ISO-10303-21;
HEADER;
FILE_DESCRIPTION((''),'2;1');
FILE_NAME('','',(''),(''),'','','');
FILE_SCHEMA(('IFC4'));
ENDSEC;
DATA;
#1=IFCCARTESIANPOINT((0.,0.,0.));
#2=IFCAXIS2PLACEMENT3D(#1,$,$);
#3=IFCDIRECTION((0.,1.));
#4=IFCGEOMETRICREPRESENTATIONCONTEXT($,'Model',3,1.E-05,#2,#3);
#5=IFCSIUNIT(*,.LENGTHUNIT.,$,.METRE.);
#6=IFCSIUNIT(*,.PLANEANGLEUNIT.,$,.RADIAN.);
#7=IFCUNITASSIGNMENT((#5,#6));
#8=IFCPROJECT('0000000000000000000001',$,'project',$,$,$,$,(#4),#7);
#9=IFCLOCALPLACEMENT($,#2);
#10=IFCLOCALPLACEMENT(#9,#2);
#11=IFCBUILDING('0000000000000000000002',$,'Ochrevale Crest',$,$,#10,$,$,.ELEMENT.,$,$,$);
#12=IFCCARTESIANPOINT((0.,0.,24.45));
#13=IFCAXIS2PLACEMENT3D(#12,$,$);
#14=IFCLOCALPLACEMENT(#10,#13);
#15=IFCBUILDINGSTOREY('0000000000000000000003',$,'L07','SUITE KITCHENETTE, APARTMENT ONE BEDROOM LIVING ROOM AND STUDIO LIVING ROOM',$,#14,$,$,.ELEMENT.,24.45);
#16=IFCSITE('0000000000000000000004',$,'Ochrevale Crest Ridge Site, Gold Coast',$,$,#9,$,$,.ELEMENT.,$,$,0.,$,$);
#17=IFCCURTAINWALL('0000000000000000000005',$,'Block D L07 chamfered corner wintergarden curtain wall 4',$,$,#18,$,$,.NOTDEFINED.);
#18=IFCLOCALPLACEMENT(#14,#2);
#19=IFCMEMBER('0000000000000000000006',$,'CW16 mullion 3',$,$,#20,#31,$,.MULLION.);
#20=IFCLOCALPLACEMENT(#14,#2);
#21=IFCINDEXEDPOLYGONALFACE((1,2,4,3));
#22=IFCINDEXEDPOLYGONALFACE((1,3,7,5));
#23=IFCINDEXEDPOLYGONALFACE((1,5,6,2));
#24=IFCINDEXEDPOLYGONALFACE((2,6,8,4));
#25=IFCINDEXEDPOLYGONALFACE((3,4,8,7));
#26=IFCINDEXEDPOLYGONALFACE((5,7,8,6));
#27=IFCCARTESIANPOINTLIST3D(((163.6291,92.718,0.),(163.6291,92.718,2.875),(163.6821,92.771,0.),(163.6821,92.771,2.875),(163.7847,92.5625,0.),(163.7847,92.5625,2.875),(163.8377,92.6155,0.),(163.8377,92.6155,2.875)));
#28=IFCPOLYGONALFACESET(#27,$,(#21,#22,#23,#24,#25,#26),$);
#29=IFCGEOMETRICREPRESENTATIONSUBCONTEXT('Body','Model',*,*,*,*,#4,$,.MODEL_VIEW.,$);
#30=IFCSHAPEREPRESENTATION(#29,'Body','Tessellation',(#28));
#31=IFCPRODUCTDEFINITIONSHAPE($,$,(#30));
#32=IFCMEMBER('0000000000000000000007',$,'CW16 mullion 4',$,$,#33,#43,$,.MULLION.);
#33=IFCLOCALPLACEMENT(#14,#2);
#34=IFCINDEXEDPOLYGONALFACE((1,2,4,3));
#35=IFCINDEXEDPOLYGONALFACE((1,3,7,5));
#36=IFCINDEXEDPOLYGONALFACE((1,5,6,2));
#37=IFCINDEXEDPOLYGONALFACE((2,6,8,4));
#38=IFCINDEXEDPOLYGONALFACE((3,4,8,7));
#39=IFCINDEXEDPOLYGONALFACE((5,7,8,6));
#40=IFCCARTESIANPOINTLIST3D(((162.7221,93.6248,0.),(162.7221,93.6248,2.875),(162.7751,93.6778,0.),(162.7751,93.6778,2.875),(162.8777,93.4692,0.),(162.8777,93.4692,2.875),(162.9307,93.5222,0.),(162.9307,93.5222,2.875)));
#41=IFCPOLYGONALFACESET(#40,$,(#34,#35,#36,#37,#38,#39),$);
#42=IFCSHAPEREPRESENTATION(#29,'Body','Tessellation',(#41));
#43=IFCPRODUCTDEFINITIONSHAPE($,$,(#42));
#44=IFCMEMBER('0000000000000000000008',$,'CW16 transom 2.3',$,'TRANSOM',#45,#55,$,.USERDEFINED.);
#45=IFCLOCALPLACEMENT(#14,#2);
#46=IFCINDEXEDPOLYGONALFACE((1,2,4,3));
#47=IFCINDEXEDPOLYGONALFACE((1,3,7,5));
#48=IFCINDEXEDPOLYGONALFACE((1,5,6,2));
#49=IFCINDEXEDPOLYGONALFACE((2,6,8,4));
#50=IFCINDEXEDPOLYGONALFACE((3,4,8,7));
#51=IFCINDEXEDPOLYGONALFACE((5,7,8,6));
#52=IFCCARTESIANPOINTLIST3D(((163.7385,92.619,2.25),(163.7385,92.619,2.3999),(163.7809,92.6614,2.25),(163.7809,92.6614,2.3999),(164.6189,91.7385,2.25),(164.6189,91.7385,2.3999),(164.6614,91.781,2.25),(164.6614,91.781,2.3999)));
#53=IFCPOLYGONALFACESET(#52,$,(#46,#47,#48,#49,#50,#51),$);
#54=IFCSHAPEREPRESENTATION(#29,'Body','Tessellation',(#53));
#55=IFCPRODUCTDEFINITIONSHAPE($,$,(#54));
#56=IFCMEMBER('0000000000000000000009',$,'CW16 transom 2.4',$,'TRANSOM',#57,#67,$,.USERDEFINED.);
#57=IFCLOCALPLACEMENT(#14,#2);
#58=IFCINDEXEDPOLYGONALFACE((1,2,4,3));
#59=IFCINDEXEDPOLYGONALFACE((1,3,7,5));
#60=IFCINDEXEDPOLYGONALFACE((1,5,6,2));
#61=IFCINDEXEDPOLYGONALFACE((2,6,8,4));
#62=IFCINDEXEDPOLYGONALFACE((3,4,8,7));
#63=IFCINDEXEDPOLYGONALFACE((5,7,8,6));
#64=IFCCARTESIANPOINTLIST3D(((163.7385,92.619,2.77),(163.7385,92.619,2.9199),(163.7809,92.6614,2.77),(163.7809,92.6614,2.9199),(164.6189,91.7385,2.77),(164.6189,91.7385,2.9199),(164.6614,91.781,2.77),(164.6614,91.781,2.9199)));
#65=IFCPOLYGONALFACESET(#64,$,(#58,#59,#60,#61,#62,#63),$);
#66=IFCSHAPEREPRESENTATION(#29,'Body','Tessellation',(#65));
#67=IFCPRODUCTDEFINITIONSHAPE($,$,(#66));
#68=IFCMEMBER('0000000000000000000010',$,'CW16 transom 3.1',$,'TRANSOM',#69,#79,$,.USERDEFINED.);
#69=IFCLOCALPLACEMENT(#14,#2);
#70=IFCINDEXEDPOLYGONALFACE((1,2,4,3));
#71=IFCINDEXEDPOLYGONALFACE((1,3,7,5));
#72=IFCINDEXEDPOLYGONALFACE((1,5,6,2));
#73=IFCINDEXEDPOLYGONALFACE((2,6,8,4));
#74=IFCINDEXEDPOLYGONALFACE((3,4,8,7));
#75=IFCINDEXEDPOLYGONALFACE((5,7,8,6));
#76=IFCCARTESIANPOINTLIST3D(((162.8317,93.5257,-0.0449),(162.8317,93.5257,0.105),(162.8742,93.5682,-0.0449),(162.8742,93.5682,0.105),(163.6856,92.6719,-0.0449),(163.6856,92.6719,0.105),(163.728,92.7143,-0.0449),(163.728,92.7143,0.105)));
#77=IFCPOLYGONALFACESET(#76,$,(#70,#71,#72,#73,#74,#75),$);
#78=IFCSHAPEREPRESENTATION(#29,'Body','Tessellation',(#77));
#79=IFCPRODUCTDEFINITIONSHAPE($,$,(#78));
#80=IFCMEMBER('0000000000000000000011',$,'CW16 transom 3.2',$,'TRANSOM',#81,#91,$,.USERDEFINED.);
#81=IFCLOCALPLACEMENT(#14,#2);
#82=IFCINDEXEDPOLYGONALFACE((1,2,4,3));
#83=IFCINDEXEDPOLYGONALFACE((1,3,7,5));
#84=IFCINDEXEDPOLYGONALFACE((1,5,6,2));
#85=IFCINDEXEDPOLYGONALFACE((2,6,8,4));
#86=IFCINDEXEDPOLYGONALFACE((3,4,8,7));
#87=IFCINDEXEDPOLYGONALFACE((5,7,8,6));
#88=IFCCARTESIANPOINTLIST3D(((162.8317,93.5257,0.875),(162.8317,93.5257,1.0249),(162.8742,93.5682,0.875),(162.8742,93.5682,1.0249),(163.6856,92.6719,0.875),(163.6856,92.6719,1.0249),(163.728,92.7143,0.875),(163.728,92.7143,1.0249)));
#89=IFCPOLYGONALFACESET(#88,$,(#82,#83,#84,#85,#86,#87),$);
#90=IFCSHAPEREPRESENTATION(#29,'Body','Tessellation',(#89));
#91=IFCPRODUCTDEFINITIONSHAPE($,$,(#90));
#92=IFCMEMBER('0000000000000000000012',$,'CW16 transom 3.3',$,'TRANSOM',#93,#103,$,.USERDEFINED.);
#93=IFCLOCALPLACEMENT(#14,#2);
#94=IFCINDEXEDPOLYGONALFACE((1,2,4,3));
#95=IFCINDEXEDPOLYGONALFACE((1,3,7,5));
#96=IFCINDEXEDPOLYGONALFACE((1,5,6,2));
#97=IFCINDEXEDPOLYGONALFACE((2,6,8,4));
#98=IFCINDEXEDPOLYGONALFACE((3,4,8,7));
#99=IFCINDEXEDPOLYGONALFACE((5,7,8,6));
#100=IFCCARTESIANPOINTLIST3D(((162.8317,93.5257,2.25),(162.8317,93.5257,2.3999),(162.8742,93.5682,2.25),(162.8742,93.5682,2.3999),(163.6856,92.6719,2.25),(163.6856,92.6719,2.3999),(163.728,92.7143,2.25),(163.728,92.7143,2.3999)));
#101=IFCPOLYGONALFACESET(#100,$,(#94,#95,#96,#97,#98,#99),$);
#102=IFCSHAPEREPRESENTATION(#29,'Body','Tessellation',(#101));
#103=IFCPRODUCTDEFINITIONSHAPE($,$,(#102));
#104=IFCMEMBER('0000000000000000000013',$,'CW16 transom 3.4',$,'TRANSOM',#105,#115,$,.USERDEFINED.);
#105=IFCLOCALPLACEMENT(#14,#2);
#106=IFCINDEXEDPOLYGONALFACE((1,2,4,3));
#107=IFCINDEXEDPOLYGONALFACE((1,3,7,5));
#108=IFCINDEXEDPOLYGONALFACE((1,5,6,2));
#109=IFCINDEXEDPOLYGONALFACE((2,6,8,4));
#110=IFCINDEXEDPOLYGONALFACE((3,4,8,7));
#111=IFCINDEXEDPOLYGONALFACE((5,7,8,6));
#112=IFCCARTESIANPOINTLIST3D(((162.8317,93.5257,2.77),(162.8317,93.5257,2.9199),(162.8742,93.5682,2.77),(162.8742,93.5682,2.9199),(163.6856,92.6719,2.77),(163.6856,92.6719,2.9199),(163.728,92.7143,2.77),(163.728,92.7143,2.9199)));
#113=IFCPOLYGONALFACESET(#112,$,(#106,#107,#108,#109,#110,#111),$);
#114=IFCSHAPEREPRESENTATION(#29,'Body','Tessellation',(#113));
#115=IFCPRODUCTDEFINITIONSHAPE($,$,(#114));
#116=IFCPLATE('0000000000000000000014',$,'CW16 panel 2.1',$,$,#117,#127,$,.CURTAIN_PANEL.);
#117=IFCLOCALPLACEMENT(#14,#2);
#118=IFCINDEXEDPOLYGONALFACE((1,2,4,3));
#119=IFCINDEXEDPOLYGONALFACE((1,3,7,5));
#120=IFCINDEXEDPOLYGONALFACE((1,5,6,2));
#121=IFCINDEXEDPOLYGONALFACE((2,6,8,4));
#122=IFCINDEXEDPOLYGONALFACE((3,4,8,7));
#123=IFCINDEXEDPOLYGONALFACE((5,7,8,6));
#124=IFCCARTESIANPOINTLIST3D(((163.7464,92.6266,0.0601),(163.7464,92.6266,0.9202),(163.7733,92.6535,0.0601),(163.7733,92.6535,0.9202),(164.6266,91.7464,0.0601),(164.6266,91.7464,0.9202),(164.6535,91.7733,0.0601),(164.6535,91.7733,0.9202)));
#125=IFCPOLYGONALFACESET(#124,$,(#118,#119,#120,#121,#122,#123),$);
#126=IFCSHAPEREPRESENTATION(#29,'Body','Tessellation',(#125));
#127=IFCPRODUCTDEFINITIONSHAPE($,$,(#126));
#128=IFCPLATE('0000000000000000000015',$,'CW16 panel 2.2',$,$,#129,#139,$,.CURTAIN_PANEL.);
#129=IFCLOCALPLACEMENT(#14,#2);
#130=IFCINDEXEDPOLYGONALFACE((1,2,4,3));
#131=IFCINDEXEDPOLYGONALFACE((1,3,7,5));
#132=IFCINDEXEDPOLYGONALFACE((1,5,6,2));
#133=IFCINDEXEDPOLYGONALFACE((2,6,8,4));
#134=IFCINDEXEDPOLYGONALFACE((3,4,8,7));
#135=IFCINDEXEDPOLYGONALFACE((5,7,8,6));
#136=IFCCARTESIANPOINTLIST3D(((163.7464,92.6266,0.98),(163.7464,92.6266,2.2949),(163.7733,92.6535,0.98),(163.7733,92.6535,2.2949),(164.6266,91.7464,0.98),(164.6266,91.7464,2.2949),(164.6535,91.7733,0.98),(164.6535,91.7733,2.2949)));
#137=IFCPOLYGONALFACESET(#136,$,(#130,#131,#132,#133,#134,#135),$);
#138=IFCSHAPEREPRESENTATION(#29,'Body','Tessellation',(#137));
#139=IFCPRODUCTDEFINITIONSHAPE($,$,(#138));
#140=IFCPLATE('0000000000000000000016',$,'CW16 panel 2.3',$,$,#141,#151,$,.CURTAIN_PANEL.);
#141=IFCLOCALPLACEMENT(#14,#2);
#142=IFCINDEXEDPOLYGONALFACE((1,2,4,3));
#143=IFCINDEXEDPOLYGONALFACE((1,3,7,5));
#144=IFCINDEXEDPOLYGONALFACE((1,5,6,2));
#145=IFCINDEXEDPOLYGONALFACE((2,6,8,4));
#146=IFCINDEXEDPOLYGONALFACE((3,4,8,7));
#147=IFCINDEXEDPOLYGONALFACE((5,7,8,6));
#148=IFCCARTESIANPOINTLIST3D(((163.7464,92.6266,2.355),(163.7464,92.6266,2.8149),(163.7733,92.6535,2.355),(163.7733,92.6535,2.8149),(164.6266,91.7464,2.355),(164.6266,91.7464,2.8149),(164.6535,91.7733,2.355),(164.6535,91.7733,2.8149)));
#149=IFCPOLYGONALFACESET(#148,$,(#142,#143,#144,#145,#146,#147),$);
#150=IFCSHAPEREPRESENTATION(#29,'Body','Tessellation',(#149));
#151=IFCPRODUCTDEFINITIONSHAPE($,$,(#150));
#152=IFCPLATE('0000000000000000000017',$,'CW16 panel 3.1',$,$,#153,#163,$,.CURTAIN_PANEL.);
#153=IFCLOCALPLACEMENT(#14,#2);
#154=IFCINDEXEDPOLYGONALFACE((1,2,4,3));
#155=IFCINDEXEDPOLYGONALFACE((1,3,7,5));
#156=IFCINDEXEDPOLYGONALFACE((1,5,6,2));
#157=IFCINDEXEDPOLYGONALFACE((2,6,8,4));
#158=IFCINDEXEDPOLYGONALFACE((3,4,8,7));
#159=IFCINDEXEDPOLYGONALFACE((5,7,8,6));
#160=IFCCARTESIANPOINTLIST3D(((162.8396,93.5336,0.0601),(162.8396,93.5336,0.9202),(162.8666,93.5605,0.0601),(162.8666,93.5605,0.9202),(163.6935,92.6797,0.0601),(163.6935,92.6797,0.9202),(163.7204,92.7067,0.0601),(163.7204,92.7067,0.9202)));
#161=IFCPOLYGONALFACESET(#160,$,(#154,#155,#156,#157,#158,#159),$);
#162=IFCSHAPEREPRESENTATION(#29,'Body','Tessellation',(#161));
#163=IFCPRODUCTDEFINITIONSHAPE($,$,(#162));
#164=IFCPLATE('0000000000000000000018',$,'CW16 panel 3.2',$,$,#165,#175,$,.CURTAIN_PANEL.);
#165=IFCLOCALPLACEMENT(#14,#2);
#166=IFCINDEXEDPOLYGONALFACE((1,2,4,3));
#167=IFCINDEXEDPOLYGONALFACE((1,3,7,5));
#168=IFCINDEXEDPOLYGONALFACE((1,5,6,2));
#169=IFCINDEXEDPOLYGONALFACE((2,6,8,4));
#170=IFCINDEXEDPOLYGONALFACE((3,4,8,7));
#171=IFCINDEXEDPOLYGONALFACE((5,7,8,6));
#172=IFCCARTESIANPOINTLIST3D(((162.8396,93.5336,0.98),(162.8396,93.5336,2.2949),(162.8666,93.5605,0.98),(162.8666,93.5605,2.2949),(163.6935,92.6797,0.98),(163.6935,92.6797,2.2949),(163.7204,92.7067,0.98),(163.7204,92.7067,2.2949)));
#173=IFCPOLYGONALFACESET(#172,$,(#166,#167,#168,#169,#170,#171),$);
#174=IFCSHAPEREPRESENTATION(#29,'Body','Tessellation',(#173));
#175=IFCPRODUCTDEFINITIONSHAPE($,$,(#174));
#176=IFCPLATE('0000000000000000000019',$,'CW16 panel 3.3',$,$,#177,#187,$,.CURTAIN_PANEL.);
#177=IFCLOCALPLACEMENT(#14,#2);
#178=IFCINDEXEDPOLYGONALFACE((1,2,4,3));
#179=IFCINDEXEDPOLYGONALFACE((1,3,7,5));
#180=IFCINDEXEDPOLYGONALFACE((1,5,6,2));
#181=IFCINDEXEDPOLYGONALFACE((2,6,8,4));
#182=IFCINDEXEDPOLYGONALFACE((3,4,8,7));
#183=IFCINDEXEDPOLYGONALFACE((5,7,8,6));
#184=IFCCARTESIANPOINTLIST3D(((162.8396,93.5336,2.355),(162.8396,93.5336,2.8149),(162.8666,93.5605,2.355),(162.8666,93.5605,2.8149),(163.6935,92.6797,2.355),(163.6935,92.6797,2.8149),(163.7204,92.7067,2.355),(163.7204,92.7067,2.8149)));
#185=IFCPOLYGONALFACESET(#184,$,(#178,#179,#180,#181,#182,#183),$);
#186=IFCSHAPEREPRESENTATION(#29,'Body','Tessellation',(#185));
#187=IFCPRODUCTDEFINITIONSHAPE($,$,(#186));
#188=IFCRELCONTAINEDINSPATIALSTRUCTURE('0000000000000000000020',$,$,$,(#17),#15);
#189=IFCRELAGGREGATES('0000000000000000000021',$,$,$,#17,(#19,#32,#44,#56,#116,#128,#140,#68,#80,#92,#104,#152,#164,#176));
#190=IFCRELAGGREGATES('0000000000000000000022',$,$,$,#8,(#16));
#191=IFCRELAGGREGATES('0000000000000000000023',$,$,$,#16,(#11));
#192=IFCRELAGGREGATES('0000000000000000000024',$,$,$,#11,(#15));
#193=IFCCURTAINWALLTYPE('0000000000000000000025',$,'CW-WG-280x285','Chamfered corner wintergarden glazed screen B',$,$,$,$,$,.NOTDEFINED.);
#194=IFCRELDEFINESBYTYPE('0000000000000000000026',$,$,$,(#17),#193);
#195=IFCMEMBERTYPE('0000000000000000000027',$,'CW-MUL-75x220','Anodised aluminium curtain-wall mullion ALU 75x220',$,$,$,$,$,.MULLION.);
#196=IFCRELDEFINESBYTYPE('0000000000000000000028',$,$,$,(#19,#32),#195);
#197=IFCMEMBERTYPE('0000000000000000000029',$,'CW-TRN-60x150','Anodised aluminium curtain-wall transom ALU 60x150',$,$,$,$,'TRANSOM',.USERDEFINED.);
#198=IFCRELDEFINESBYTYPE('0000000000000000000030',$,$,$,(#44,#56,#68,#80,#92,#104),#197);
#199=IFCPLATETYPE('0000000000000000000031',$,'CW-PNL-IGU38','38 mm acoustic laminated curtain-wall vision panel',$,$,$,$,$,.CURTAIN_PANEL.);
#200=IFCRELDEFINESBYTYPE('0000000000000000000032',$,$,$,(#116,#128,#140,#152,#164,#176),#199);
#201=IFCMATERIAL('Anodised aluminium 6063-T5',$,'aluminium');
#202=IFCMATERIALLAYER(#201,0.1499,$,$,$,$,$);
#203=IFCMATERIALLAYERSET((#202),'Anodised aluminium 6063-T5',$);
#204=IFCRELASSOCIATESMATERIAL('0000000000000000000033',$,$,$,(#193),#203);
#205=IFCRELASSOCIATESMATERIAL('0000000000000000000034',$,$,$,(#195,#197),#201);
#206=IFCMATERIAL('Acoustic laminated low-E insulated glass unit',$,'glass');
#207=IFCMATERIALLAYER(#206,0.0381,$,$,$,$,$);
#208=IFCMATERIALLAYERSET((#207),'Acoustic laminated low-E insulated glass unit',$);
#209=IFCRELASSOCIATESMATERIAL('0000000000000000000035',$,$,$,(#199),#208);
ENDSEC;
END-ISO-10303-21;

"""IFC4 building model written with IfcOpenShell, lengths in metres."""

from ifc_helpers import new_model, si_unit, direction, frame, origin, origin_2d, place, context, subcontext, project, spatial, rectangle, extrude, material, layer, layer_set, material_profile, profile_set, type_object, element, aggregate, save


model = new_model("IFC4")

# Units and contexts
model_context = context("Model", 3, precision=1e-05, world=origin(), true_north=direction((0.0, 1.0)))
body_context = subcontext(model_context, "Body", "Model", "MODEL_VIEW")
ifc_project = project(units=[si_unit("LENGTHUNIT", "METRE"), si_unit("PLANEANGLEUNIT", "RADIAN")], contexts=[model_context])

# Site, building, storey
site_placement = place(None, origin())
site = spatial("IfcSite", under=ifc_project, at=site_placement, Name="Ochrevale Crest Ridge Site, Gold Coast", CompositionType="ELEMENT", RefElevation=0.0)
building_placement = place(site_placement, origin())
building = spatial("IfcBuilding", under=site, at=building_placement, Name="Ochrevale Crest", CompositionType="ELEMENT")
storey_placement = place(building_placement, frame((0.0, 0.0, 24.45)))
storey = spatial("IfcBuildingStorey", under=building, at=storey_placement, Name="L07", Description="SUITE KITCHENETTE, APARTMENT ONE BEDROOM LIVING ROOM AND STUDIO LIVING ROOM", CompositionType="ELEMENT", Elevation=24.45)

# Curtain wall, members, plates
ifc_material_1 = material(Name="Anodised aluminium 6063-T5", Category="aluminium")
ifc_layer_1 = layer(ifc_material_1, 0.1499)
ifc_layer_set_1 = layer_set([ifc_layer_1], Name="Anodised aluminium 6063-T5")
curtain_wall_type = type_object("IfcCurtainWallType", Name="CW-WG-280x285", Description="Chamfered corner wintergarden glazed screen B", PredefinedType="NOTDEFINED", material=ifc_layer_set_1)
curtain_wall_placement = place(storey_placement, origin())
curtain_wall = element("IfcCurtainWall", 1, at=curtain_wall_placement, inside=storey, type_object=curtain_wall_type, Name="Block D L07 chamfered corner wintergarden curtain wall 4", PredefinedType="NOTDEFINED")
ifc_material_profile_1 = material_profile(ifc_material_1, rectangle(XDim=0.075, YDim=0.22, at=origin_2d()), Name="ALU 75x220")
ifc_profile_set_1 = profile_set([ifc_material_profile_1], Name="Anodised aluminium 6063-T5")
member_type_1 = type_object("IfcMemberType", Name="CW-MUL-75x220", Description="Anodised aluminium curtain-wall mullion ALU 75x220", PredefinedType="MULLION", material=ifc_profile_set_1)
member_1_placement = place(storey_placement, frame((163.7334, 92.6667, 0.0), z_axis=(0.0, 0.0, 1.0), x_axis=(-0.707107, -0.707107, 0.0)))
member_1 = element("IfcMember", 2, at=member_1_placement, type_object=member_type_1, Name="CW16 mullion 3", PredefinedType="MULLION", context=body_context, shape_type="SweptSolid", body=[
    extrude(rectangle(XDim=0.075, YDim=0.22, at=origin_2d()), origin(), (0.0, 0.0, 1.0), 2.875),
])
member_2_placement = place(storey_placement, frame((162.8264, 93.5735, 0.0), z_axis=(0.0, 0.0, 1.0), x_axis=(-0.707107, -0.707107, 0.0)))
member_2 = element("IfcMember", 3, at=member_2_placement, type_object=member_type_1, Name="CW16 mullion 4", PredefinedType="MULLION", context=body_context, shape_type="SweptSolid", body=[
    extrude(rectangle(XDim=0.075, YDim=0.22, at=origin_2d()), origin(), (0.0, 0.0, 1.0), 2.875),
])
ifc_material_profile_2 = material_profile(ifc_material_1, rectangle(XDim=0.0601, YDim=0.1499, at=origin_2d()), Name="ALU 60x150")
ifc_profile_set_2 = profile_set([ifc_material_profile_2], Name="Anodised aluminium 6063-T5")
member_type_2 = type_object("IfcMemberType", Name="CW-TRN-60x150", Description="Anodised aluminium curtain-wall transom ALU 60x150", ElementType="TRANSOM", PredefinedType="USERDEFINED", material=ifc_profile_set_2)
member_3_placement = place(storey_placement, frame((164.6401, 91.7598, 2.325), z_axis=(-0.707107, 0.707107, 0.0), x_axis=(-0.707107, -0.707107, 0.0)))
member_3 = element("IfcMember", 4, at=member_3_placement, type_object=member_type_2, Name="CW16 transom 2.3", ObjectType="TRANSOM", PredefinedType="USERDEFINED", context=body_context, shape_type="SweptSolid", body=[
    extrude(rectangle(XDim=0.0601, YDim=0.1499, at=origin_2d()), origin(), (0.0, 0.0, 1.0), 1.2451),
])
member_4_placement = place(storey_placement, frame((164.6401, 91.7598, 2.845), z_axis=(-0.707107, 0.707107, 0.0), x_axis=(-0.707107, -0.707107, 0.0)))
member_4 = element("IfcMember", 5, at=member_4_placement, type_object=member_type_2, Name="CW16 transom 2.4", ObjectType="TRANSOM", PredefinedType="USERDEFINED", context=body_context, shape_type="SweptSolid", body=[
    extrude(rectangle(XDim=0.0601, YDim=0.1499, at=origin_2d()), origin(), (0.0, 0.0, 1.0), 1.2451),
])
member_5_placement = place(storey_placement, frame((163.7068, 92.6931, 0.03), z_axis=(-0.707107, 0.707107, 0.0), x_axis=(-0.707107, -0.707107, 0.0)))
member_5 = element("IfcMember", 6, at=member_5_placement, type_object=member_type_2, Name="CW16 transom 3.1", ObjectType="TRANSOM", PredefinedType="USERDEFINED", context=body_context, shape_type="SweptSolid", body=[
    extrude(rectangle(XDim=0.0601, YDim=0.1499, at=origin_2d()), origin(), (0.0, 0.0, 1.0), 1.2075),
])
member_6_placement = place(storey_placement, frame((163.7068, 92.6931, 0.95), z_axis=(-0.707107, 0.707107, 0.0), x_axis=(-0.707107, -0.707107, 0.0)))
member_6 = element("IfcMember", 7, at=member_6_placement, type_object=member_type_2, Name="CW16 transom 3.2", ObjectType="TRANSOM", PredefinedType="USERDEFINED", context=body_context, shape_type="SweptSolid", body=[
    extrude(rectangle(XDim=0.0601, YDim=0.1499, at=origin_2d()), origin(), (0.0, 0.0, 1.0), 1.2075),
])
member_7_placement = place(storey_placement, frame((163.7068, 92.6931, 2.325), z_axis=(-0.707107, 0.707107, 0.0), x_axis=(-0.707107, -0.707107, 0.0)))
member_7 = element("IfcMember", 8, at=member_7_placement, type_object=member_type_2, Name="CW16 transom 3.3", ObjectType="TRANSOM", PredefinedType="USERDEFINED", context=body_context, shape_type="SweptSolid", body=[
    extrude(rectangle(XDim=0.0601, YDim=0.1499, at=origin_2d()), origin(), (0.0, 0.0, 1.0), 1.2075),
])
member_8_placement = place(storey_placement, frame((163.7068, 92.6931, 2.845), z_axis=(-0.707107, 0.707107, 0.0), x_axis=(-0.707107, -0.707107, 0.0)))
member_8 = element("IfcMember", 9, at=member_8_placement, type_object=member_type_2, Name="CW16 transom 3.4", ObjectType="TRANSOM", PredefinedType="USERDEFINED", context=body_context, shape_type="SweptSolid", body=[
    extrude(rectangle(XDim=0.0601, YDim=0.1499, at=origin_2d()), origin(), (0.0, 0.0, 1.0), 1.2075),
])
ifc_material_2 = material(Name="Acoustic laminated low-E insulated glass unit", Category="glass")
ifc_layer_2 = layer(ifc_material_2, 0.0381)
ifc_layer_set_2 = layer_set([ifc_layer_2], Name="Acoustic laminated low-E insulated glass unit")
plate_type_1 = type_object("IfcPlateType", Name="CW-PNL-IGU38", Description="38 mm acoustic laminated curtain-wall vision panel", PredefinedType="CURTAIN_PANEL", material=ifc_layer_set_2)
plate_1_placement = place(storey_placement, frame((164.2, 92.2, 0.0601), z_axis=(0.0, 0.0, 1.0), x_axis=(-0.707107, 0.707107, 0.0)))
plate_1 = element("IfcPlate", 10, at=plate_1_placement, type_object=plate_type_1, Name="CW16 panel 2.1", PredefinedType="CURTAIN_PANEL", context=body_context, shape_type="SweptSolid", body=[
    extrude(rectangle(XDim=1.2449, YDim=0.0381, at=origin_2d()), origin(), (0.0, 0.0, 1.0), 0.8601),
])
plate_2_placement = place(storey_placement, frame((164.2, 92.2, 0.98), z_axis=(0.0, 0.0, 1.0), x_axis=(-0.707107, 0.707107, 0.0)))
plate_2 = element("IfcPlate", 11, at=plate_2_placement, type_object=plate_type_1, Name="CW16 panel 2.2", PredefinedType="CURTAIN_PANEL", context=body_context, shape_type="SweptSolid", body=[
    extrude(rectangle(XDim=1.2449, YDim=0.0381, at=origin_2d()), origin(), (0.0, 0.0, 1.0), 1.3149),
])
plate_3_placement = place(storey_placement, frame((164.2, 92.2, 2.355), z_axis=(0.0, 0.0, 1.0), x_axis=(-0.707107, 0.707107, 0.0)))
plate_3 = element("IfcPlate", 12, at=plate_3_placement, type_object=plate_type_1, Name="CW16 panel 2.3", PredefinedType="CURTAIN_PANEL", context=body_context, shape_type="SweptSolid", body=[
    extrude(rectangle(XDim=1.2449, YDim=0.0381, at=origin_2d()), origin(), (0.0, 0.0, 1.0), 0.46),
])
plate_4_placement = place(storey_placement, frame((163.28, 93.1201, 0.0601), z_axis=(0.0, 0.0, 1.0), x_axis=(-0.707107, 0.707107, 0.0)))
plate_4 = element("IfcPlate", 13, at=plate_4_placement, type_object=plate_type_1, Name="CW16 panel 3.1", PredefinedType="CURTAIN_PANEL", context=body_context, shape_type="SweptSolid", body=[
    extrude(rectangle(XDim=1.2075, YDim=0.0381, at=origin_2d()), origin(), (0.0, 0.0, 1.0), 0.8601),
])
plate_5_placement = place(storey_placement, frame((163.28, 93.1201, 0.98), z_axis=(0.0, 0.0, 1.0), x_axis=(-0.707107, 0.707107, 0.0)))
plate_5 = element("IfcPlate", 14, at=plate_5_placement, type_object=plate_type_1, Name="CW16 panel 3.2", PredefinedType="CURTAIN_PANEL", context=body_context, shape_type="SweptSolid", body=[
    extrude(rectangle(XDim=1.2075, YDim=0.0381, at=origin_2d()), origin(), (0.0, 0.0, 1.0), 1.3149),
])
plate_6_placement = place(storey_placement, frame((163.28, 93.1201, 2.355), z_axis=(0.0, 0.0, 1.0), x_axis=(-0.707107, 0.707107, 0.0)))
plate_6 = element("IfcPlate", 15, at=plate_6_placement, type_object=plate_type_1, Name="CW16 panel 3.3", PredefinedType="CURTAIN_PANEL", context=body_context, shape_type="SweptSolid", body=[
    extrude(rectangle(XDim=1.2075, YDim=0.0381, at=origin_2d()), origin(), (0.0, 0.0, 1.0), 0.46),
])
aggregate(curtain_wall, [member_1, member_2, member_3, member_4, plate_1, plate_2, plate_3, member_5, member_6, member_7, member_8, plate_4, plate_5, plate_6])

save(model, "model.ifc")
